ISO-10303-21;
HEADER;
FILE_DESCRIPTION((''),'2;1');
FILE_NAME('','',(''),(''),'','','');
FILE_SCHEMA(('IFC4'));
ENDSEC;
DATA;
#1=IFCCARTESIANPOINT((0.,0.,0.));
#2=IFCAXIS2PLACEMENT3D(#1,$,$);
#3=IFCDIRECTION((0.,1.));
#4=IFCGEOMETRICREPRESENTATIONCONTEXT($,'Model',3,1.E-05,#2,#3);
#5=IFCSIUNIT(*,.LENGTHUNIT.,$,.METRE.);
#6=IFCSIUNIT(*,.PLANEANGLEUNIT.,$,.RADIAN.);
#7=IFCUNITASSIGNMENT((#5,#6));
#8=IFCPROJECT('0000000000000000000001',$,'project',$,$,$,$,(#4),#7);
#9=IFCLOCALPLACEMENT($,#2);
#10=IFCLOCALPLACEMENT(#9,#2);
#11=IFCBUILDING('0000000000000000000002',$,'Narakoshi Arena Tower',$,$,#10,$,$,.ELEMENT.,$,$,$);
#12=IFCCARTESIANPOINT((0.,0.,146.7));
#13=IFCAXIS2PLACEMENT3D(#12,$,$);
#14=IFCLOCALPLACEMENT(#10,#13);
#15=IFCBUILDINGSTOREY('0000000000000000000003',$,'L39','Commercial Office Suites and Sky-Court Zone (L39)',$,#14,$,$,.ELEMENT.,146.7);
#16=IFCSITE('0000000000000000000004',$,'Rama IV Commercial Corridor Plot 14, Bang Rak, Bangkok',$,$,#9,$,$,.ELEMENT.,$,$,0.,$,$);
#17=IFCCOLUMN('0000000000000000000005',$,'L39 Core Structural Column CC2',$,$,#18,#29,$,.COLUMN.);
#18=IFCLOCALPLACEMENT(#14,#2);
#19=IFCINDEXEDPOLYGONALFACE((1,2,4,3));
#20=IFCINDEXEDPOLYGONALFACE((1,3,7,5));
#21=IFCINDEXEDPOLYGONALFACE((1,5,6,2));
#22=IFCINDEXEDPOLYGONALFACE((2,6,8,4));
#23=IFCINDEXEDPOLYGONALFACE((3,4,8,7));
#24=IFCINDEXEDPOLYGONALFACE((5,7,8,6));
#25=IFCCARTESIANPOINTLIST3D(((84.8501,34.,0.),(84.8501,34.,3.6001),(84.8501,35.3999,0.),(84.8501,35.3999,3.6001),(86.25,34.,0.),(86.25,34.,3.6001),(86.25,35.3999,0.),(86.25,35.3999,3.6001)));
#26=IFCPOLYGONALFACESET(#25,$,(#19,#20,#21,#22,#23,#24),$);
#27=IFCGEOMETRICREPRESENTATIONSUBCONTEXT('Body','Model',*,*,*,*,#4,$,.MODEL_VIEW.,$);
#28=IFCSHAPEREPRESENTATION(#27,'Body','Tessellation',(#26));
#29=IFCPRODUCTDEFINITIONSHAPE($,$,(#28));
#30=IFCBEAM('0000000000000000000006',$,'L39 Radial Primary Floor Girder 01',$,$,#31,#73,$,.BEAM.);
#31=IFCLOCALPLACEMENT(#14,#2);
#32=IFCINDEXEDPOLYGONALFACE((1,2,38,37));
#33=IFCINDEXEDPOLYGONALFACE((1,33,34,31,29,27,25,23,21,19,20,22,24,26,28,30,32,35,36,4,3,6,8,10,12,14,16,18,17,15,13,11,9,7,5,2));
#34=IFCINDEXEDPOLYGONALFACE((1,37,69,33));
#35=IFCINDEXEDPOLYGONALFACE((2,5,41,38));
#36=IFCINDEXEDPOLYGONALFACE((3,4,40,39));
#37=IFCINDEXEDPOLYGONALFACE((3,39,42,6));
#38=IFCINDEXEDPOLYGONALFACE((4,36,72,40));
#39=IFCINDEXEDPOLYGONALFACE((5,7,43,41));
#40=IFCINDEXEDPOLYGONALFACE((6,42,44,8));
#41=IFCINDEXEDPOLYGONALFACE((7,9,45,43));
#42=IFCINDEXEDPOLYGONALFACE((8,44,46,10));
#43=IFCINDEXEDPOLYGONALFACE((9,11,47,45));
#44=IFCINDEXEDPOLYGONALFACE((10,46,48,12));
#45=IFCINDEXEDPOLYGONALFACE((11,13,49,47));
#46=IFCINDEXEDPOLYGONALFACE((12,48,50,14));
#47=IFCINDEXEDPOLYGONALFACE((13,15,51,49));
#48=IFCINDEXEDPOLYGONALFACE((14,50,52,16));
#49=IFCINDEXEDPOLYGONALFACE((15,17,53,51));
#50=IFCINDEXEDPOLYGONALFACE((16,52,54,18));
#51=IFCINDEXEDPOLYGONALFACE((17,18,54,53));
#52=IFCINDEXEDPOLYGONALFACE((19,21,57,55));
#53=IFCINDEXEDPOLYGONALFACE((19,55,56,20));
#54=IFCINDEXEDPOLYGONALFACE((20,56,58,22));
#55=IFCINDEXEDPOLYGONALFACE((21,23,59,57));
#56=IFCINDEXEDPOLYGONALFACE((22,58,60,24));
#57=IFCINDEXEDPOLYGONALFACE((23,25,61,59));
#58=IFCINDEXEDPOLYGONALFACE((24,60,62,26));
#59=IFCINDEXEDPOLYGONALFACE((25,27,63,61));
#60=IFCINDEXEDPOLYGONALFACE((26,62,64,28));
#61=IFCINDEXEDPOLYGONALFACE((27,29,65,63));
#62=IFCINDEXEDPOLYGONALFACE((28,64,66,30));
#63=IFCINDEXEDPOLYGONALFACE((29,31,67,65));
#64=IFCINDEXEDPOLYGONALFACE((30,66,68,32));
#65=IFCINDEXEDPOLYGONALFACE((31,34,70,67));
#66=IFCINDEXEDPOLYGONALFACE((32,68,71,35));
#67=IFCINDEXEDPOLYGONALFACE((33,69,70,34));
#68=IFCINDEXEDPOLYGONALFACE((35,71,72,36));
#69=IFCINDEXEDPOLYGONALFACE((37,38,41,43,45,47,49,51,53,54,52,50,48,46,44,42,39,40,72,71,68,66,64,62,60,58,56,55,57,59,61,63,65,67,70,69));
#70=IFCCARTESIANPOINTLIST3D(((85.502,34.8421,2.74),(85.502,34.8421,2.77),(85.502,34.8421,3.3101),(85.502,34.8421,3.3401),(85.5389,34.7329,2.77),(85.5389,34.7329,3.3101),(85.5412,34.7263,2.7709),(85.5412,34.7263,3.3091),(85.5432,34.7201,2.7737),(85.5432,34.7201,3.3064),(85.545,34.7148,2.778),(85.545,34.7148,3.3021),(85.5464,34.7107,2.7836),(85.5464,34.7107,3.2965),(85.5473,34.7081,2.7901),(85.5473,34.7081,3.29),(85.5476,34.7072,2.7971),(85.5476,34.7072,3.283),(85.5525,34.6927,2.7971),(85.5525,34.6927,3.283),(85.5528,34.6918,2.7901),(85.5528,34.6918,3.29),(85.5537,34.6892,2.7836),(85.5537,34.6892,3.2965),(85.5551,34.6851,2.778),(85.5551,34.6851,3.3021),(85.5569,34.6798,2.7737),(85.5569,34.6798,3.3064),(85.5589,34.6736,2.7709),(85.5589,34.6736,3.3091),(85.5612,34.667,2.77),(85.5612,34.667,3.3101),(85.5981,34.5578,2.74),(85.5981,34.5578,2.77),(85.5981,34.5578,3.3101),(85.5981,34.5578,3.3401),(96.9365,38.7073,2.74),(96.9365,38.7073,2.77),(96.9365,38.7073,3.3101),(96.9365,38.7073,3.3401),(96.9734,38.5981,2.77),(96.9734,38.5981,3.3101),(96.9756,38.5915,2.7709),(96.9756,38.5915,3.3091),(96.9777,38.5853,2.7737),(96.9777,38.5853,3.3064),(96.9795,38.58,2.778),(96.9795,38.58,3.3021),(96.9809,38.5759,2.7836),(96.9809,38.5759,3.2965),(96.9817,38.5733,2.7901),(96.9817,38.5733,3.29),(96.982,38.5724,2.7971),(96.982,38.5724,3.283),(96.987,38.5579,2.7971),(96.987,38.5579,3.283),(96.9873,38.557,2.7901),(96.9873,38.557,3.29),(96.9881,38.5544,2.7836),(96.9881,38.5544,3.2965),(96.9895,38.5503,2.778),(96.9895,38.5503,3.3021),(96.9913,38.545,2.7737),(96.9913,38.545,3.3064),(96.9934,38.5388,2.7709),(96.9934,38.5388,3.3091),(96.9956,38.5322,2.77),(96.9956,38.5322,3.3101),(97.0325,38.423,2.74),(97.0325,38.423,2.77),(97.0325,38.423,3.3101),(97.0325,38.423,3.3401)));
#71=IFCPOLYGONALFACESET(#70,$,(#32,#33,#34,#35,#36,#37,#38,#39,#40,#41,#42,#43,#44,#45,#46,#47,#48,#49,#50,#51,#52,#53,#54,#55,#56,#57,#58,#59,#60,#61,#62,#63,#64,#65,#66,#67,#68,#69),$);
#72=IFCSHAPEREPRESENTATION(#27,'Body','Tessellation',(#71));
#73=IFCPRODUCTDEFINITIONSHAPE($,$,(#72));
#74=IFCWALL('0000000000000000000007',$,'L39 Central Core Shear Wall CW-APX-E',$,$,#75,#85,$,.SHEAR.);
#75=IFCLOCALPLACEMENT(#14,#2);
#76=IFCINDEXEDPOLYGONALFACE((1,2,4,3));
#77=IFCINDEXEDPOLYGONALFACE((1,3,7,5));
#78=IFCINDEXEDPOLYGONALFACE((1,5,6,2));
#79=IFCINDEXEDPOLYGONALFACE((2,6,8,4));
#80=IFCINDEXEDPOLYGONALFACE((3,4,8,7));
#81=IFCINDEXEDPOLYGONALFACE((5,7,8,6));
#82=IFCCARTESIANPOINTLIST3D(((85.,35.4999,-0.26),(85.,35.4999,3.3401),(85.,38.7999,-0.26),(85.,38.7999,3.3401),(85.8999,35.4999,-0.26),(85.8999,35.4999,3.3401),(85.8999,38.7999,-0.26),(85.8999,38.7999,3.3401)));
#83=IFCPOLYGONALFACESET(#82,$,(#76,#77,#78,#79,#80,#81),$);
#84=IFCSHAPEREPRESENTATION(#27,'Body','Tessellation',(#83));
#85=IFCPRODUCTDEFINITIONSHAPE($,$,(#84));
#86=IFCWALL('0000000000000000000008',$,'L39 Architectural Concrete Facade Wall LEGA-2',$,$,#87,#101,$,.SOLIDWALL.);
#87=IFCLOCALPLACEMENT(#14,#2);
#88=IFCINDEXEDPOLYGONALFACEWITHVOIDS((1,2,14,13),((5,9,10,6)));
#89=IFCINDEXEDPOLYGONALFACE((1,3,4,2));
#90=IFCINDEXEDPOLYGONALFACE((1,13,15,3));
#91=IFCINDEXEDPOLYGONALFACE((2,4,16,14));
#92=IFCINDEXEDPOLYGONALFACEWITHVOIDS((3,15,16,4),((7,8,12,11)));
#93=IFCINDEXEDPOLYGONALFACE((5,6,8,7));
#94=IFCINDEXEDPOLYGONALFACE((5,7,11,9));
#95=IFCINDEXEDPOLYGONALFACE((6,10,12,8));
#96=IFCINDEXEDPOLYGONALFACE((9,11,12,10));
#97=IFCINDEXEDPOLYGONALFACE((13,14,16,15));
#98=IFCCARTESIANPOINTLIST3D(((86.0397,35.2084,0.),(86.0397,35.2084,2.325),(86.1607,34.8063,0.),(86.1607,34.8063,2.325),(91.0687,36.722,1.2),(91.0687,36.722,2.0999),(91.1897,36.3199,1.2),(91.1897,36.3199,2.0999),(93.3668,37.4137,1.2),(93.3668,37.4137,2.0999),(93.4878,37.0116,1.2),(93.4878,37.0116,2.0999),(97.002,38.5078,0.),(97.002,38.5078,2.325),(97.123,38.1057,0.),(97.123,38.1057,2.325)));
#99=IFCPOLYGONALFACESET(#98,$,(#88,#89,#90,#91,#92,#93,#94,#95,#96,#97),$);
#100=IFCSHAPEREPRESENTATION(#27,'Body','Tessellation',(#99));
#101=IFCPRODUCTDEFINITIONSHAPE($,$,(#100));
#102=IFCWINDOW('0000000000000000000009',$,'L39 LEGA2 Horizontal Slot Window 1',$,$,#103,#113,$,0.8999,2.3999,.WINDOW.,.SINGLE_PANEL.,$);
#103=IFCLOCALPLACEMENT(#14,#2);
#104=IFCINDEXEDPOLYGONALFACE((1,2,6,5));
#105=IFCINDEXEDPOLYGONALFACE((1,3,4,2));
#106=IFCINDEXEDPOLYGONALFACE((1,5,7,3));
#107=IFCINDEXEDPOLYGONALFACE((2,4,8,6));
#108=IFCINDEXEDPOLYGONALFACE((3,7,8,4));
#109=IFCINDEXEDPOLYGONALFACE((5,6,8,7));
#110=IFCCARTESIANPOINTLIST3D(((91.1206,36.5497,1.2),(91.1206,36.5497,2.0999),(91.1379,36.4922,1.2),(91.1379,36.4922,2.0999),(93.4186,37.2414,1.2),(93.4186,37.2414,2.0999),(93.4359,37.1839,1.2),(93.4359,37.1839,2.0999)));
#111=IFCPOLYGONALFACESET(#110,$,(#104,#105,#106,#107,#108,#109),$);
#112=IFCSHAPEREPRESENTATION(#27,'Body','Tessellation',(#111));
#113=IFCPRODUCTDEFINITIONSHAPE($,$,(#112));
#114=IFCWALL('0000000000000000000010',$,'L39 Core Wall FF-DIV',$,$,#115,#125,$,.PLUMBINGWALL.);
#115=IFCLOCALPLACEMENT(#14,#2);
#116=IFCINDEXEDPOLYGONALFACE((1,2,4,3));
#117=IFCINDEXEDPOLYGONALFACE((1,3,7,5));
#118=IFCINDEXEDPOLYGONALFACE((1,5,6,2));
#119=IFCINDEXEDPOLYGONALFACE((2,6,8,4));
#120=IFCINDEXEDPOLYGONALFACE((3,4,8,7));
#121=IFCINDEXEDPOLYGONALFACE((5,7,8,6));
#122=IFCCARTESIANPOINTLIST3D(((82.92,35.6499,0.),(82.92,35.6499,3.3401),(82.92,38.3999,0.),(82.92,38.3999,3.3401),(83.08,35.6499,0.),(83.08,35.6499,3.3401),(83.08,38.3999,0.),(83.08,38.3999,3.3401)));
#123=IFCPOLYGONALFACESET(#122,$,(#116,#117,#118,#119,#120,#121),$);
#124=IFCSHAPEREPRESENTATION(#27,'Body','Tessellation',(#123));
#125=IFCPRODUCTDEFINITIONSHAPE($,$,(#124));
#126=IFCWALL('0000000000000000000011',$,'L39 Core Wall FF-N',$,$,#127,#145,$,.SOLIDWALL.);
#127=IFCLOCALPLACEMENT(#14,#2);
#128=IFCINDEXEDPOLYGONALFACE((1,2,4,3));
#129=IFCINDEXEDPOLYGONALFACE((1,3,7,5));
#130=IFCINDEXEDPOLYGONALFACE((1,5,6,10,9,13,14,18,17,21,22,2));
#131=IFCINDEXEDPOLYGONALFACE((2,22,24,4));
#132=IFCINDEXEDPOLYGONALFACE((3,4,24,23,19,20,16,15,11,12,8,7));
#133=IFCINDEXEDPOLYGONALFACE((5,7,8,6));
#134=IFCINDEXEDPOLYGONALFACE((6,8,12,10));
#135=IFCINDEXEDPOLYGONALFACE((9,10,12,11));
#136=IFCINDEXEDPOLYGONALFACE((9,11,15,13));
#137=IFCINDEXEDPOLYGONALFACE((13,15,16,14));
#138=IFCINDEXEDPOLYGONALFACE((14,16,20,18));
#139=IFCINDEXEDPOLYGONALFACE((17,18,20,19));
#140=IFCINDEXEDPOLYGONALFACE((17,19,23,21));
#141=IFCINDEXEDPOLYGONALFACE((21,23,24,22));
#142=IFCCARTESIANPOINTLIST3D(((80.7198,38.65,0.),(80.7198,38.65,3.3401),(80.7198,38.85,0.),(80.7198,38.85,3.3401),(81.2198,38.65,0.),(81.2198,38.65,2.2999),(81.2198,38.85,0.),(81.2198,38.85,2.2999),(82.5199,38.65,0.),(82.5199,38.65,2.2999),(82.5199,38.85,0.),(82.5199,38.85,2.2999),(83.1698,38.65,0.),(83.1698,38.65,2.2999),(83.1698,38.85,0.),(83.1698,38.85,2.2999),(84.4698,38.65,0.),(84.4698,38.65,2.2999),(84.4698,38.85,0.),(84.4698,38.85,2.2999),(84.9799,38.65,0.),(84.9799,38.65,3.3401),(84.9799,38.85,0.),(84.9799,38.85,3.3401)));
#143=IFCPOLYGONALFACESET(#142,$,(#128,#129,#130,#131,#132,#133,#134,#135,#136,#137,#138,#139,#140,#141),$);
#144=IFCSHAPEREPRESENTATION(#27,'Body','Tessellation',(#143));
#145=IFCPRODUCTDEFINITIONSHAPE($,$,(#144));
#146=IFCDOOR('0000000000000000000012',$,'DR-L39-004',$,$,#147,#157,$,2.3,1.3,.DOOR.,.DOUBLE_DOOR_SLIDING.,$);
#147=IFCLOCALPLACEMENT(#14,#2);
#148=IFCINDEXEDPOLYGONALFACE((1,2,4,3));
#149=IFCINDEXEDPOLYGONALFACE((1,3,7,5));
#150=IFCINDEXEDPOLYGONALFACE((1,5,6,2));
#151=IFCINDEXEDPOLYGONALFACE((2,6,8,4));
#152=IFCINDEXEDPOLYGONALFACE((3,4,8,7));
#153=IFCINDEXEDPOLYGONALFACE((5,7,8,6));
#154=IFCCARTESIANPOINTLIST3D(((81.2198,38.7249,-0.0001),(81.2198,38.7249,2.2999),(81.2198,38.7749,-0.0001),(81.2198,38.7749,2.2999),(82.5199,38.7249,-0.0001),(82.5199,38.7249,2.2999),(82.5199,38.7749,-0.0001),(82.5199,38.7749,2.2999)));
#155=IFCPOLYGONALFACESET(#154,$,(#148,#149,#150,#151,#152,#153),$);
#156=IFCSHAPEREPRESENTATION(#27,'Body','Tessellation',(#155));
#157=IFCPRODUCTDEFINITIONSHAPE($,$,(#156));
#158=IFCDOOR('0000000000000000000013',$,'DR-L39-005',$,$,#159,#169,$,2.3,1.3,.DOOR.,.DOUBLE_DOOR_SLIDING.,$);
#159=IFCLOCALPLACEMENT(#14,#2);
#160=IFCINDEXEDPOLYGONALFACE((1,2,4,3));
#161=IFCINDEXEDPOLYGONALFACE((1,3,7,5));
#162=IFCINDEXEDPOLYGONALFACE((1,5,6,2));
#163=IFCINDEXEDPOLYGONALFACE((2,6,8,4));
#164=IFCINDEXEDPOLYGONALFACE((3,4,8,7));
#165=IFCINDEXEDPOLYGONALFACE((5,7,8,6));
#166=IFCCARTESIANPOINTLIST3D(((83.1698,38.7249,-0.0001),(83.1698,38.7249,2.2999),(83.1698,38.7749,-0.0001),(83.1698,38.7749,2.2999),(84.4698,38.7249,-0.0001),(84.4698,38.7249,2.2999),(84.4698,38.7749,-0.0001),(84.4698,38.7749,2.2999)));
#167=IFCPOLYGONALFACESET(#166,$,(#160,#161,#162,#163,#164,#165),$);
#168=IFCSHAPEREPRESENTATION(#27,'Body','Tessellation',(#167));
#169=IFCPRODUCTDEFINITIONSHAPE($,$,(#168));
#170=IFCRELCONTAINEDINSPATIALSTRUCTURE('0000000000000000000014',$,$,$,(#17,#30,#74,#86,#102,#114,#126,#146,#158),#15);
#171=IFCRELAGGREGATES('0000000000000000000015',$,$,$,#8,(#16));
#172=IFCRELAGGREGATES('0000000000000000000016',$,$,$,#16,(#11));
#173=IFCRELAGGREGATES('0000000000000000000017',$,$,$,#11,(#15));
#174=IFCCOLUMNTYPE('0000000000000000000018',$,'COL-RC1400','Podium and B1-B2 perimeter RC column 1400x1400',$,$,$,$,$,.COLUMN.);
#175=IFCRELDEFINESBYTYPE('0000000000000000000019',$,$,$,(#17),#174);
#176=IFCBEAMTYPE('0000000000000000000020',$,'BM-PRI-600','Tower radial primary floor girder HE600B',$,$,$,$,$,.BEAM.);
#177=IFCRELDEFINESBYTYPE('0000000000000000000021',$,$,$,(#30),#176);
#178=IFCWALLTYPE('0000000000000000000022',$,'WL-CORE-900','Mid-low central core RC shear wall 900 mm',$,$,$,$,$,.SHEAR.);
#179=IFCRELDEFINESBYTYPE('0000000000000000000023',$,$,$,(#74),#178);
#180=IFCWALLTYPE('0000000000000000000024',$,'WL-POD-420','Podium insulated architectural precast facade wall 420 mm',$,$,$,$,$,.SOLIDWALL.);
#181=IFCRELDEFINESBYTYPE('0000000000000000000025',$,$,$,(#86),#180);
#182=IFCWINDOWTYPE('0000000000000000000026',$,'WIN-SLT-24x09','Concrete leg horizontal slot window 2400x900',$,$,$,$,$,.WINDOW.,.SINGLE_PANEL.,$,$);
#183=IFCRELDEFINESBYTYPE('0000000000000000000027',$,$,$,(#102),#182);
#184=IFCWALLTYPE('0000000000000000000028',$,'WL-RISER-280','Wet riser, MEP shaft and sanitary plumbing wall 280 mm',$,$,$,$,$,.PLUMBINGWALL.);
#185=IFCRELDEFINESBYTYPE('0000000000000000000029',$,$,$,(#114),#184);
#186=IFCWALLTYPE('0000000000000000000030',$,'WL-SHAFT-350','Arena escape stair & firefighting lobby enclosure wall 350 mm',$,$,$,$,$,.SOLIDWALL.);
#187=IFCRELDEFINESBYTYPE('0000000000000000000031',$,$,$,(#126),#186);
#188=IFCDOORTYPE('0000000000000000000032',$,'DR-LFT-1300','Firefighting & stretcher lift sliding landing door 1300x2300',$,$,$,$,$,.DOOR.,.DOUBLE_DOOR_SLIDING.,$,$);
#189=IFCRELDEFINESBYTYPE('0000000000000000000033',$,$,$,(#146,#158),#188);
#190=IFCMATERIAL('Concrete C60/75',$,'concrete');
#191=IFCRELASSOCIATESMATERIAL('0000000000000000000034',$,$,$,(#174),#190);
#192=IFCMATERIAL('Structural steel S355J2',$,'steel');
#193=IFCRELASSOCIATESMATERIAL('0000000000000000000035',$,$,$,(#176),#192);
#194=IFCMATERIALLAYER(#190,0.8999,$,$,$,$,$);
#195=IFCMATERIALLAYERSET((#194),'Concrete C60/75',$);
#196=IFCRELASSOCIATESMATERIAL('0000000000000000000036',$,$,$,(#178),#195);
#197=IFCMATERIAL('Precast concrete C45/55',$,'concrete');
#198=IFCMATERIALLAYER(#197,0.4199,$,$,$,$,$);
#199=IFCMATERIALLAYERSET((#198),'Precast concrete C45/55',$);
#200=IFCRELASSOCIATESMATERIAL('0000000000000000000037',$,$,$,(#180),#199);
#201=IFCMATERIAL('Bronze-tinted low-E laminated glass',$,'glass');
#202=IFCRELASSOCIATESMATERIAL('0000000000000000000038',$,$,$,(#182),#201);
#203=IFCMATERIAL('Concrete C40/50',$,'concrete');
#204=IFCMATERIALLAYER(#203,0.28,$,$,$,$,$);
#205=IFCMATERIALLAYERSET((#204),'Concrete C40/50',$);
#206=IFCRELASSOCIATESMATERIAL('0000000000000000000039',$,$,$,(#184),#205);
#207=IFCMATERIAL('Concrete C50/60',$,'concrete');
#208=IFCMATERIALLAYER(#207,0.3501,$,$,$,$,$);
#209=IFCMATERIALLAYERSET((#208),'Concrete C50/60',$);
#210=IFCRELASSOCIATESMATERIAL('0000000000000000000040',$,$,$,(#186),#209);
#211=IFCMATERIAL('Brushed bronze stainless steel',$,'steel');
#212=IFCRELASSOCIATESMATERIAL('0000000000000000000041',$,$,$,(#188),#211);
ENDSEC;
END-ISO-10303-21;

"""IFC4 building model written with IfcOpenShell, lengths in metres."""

from ifc_helpers import new_model, si_unit, direction, frame, frame_2d, origin, origin_2d, place, context, subcontext, project, spatial, rectangle, i_section, extrude, material, layer, layer_set, material_profile, profile_set, type_object, element, fill, save


model = new_model("IFC4")

# Units and contexts
model_context = context("Model", 3, precision=1e-05, world=origin(), true_north=direction((0.0, 1.0)))
body_context = subcontext(model_context, "Body", "Model", "MODEL_VIEW")
ifc_project = project(units=[si_unit("LENGTHUNIT", "METRE"), si_unit("PLANEANGLEUNIT", "RADIAN")], contexts=[model_context])

# Site, building, storey
site_placement = place(None, origin())
site = spatial("IfcSite", under=ifc_project, at=site_placement, Name="Rama IV Commercial Corridor Plot 14, Bang Rak, Bangkok", CompositionType="ELEMENT", RefElevation=0.0)
building_placement = place(site_placement, origin())
building = spatial("IfcBuilding", under=site, at=building_placement, Name="Narakoshi Arena Tower", CompositionType="ELEMENT")
storey_placement = place(building_placement, frame((0.0, 0.0, 146.7)))
storey = spatial("IfcBuildingStorey", under=building, at=storey_placement, Name="L39", Description="Commercial Office Suites and Sky-Court Zone (L39)", CompositionType="ELEMENT", Elevation=146.7)

# Column
ifc_material_1 = material(Name="Concrete C60/75", Category="concrete")
ifc_material_profile_1 = material_profile(ifc_material_1, rectangle(XDim=1.3999, YDim=1.3999, at=origin_2d()), Name="RC1400x1400")
ifc_profile_set_1 = profile_set([ifc_material_profile_1], Name="Concrete C60/75")
column_type = type_object("IfcColumnType", Name="COL-RC1400", Description="Podium and B1-B2 perimeter RC column 1400x1400", PredefinedType="COLUMN", material=ifc_profile_set_1)
column_placement = place(storey_placement, frame((85.55, 34.7, 0.0), z_axis=(0.0, 0.0, 1.0), x_axis=(1.0, 0.0, 0.0)))
element("IfcColumn", 1, at=column_placement, inside=storey, type_object=column_type, Name="L39 Core Structural Column CC2", PredefinedType="COLUMN", context=body_context, shape_type="SweptSolid", body=[
    extrude(rectangle(XDim=1.3999, YDim=1.3999, at=origin_2d()), origin(), (0.0, 0.0, 1.0), 3.6001),
])

# Beam
ifc_material_2 = material(Name="Structural steel S355J2", Category="steel")
ifc_material_profile_2 = material_profile(ifc_material_2, i_section(OverallWidth=0.3, OverallDepth=0.6001, WebThickness=0.0154, FlangeThickness=0.03, FilletRadius=0.0271, at=origin_2d()), Name="HE600B")
ifc_profile_set_2 = profile_set([ifc_material_profile_2], Name="Structural steel S355J2")
beam_type = type_object("IfcBeamType", Name="BM-PRI-600", Description="Tower radial primary floor girder HE600B", PredefinedType="BEAM", material=ifc_profile_set_2)
beam_placement = place(storey_placement, frame((85.55, 34.7, 3.04), z_axis=(0.94734, 0.32023, 0.0), x_axis=(-0.32023, 0.94734, 0.0)))
element("IfcBeam", 2, at=beam_placement, inside=storey, type_object=beam_type, Name="L39 Radial Primary Floor Girder 01", PredefinedType="BEAM", context=body_context, shape_type="SweptSolid", body=[
    extrude(i_section(OverallWidth=0.3, OverallDepth=0.6001, WebThickness=0.0154, FlangeThickness=0.03, FilletRadius=0.0271, at=origin_2d()), origin(), (0.0, 0.0, 1.0), 12.0701),
])

# Wall
ifc_layer_1 = layer(ifc_material_1, 0.8999)
ifc_layer_set_1 = layer_set([ifc_layer_1], Name="Concrete C60/75")
wall_type_1 = type_object("IfcWallType", Name="WL-CORE-900", Description="Mid-low central core RC shear wall 900 mm", PredefinedType="SHEAR", material=ifc_layer_set_1)
wall_1_placement = place(storey_placement, frame((85.45, 35.5, -0.26), z_axis=(0.0, 0.0, 1.0), x_axis=(0.0, 1.0, 0.0)))
element("IfcWall", 3, at=wall_1_placement, inside=storey, type_object=wall_type_1, Name="L39 Central Core Shear Wall CW-APX-E", PredefinedType="SHEAR", context=body_context, shape_type="SweptSolid", body=[
    extrude(rectangle(XDim=3.3, YDim=0.8999, at=frame_2d((1.6499, 0.0))), origin(), (0.0, 0.0, 1.0), 3.6001),
])

# Wall, opening, window
ifc_material_3 = material(Name="Precast concrete C45/55", Category="concrete")
ifc_layer_2 = layer(ifc_material_3, 0.4199)
ifc_layer_set_2 = layer_set([ifc_layer_2], Name="Precast concrete C45/55")
wall_type_2 = type_object("IfcWallType", Name="WL-POD-420", Description="Podium insulated architectural precast facade wall 420 mm", PredefinedType="SOLIDWALL", material=ifc_layer_set_2)
wall_2_placement = place(storey_placement, frame((86.1001, 35.0073, 0.0), z_axis=(0.0, 0.0, 1.0), x_axis=(0.957569, 0.288203, 0.0)))
wall_2 = element("IfcWall", 4, at=wall_2_placement, inside=storey, type_object=wall_type_2, Name="L39 Architectural Concrete Facade Wall LEGA-2", PredefinedType="SOLIDWALL", context=body_context, shape_type="SweptSolid", body=[
    extrude(rectangle(XDim=11.448, YDim=0.4199, at=frame_2d((5.7241, 0.0))), origin(), (0.0, 0.0, 1.0), 2.325),
])
opening_1_placement = place(wall_2_placement, frame((5.252, 0.0, 1.2)))
opening_1 = element("IfcOpeningElement", 5, at=opening_1_placement, cuts=wall_2, PredefinedType="OPENING", context=body_context, shape_type="SweptSolid", body=[
    extrude(rectangle(XDim=2.3999, YDim=0.8999, at=frame_2d((1.2, 0.45))), frame((0.0, 0.22, 0.0), z_axis=(0.0, -1.0, 0.0), x_axis=(1.0, 0.0, 0.0)), (0.0, 0.0, 1.0), 0.4399),
])
ifc_material_4 = material(Name="Bronze-tinted low-E laminated glass", Category="glass")
window_type = type_object("IfcWindowType", Name="WIN-SLT-24x09", Description="Concrete leg horizontal slot window 2400x900", PartitioningType="SINGLE_PANEL", PredefinedType="WINDOW", material=ifc_material_4)
window_placement = place(opening_1_placement, origin())
window = element("IfcWindow", 6, at=window_placement, inside=storey, type_object=window_type, Name="L39 LEGA2 Horizontal Slot Window 1", OverallHeight=0.8999, OverallWidth=2.3999, PartitioningType="SINGLE_PANEL", PredefinedType="WINDOW", context=body_context, shape_type="SweptSolid", body=[
    extrude(rectangle(XDim=2.3999, YDim=0.8999, at=frame_2d((1.2, 0.45))), frame((0.0, 0.03, 0.0), z_axis=(0.0, -1.0, 0.0), x_axis=(1.0, 0.0, 0.0)), (0.0, 0.0, 1.0), 0.0601),
])
fill(opening_1, window)

# Wall
ifc_material_5 = material(Name="Concrete C40/50", Category="concrete")
ifc_layer_3 = layer(ifc_material_5, 0.28)
ifc_layer_set_3 = layer_set([ifc_layer_3], Name="Concrete C40/50")
wall_type_3 = type_object("IfcWallType", Name="WL-RISER-280", Description="Wet riser, MEP shaft and sanitary plumbing wall 280 mm", PredefinedType="PLUMBINGWALL", material=ifc_layer_set_3)
wall_3_placement = place(storey_placement, frame((83.0, 35.6499, 0.0), z_axis=(0.0, 0.0, 1.0), x_axis=(0.0, 1.0, 0.0)))
element("IfcWall", 7, at=wall_3_placement, inside=storey, type_object=wall_type_3, Name="L39 Core Wall FF-DIV", PredefinedType="PLUMBINGWALL", context=body_context, shape_type="SweptSolid", body=[
    extrude(rectangle(XDim=2.75, YDim=0.1599, at=frame_2d((1.375, 0.0))), origin(), (0.0, 0.0, 1.0), 3.3401),
])

# Wall, openings, doors
ifc_material_6 = material(Name="Concrete C50/60", Category="concrete")
ifc_layer_4 = layer(ifc_material_6, 0.3501)
ifc_layer_set_4 = layer_set([ifc_layer_4], Name="Concrete C50/60")
wall_type_4 = type_object("IfcWallType", Name="WL-SHAFT-350", Description="Arena escape stair & firefighting lobby enclosure wall 350 mm", PredefinedType="SOLIDWALL", material=ifc_layer_set_4)
wall_4_placement = place(storey_placement, frame((80.72, 38.75, 0.0), z_axis=(0.0, 0.0, 1.0), x_axis=(1.0, 0.0, 0.0)))
wall_4 = element("IfcWall", 8, at=wall_4_placement, inside=storey, type_object=wall_type_4, Name="L39 Core Wall FF-N", PredefinedType="SOLIDWALL", context=body_context, shape_type="SweptSolid", body=[
    extrude(rectangle(XDim=4.26, YDim=0.2, at=frame_2d((2.1299, 0.0))), origin(), (0.0, 0.0, 1.0), 3.3401),
])
opening_2_placement = place(wall_4_placement, frame((0.5, 0.0, 0.0)))
opening_2 = element("IfcOpeningElement", 9, at=opening_2_placement, cuts=wall_4, PredefinedType="OPENING", context=body_context, shape_type="SweptSolid", body=[
    extrude(rectangle(XDim=1.3, YDim=2.3, at=frame_2d((0.6499, 1.1499))), frame((0.0, 0.1099, 0.0), z_axis=(0.0, -1.0, 0.0), x_axis=(1.0, 0.0, 0.0)), (0.0, 0.0, 1.0), 0.22),
])
opening_3_placement = place(wall_4_placement, frame((2.45, 0.0, 0.0)))
opening_3 = element("IfcOpeningElement", 10, at=opening_3_placement, cuts=wall_4, PredefinedType="OPENING", context=body_context, shape_type="SweptSolid", body=[
    extrude(rectangle(XDim=1.3, YDim=2.3, at=frame_2d((0.6499, 1.1499))), frame((0.0, 0.1099, 0.0), z_axis=(0.0, -1.0, 0.0), x_axis=(1.0, 0.0, 0.0)), (0.0, 0.0, 1.0), 0.22),
])
ifc_material_7 = material(Name="Brushed bronze stainless steel", Category="steel")
door_type_1 = type_object("IfcDoorType", Name="DR-LFT-1300", Description="Firefighting & stretcher lift sliding landing door 1300x2300", OperationType="DOUBLE_DOOR_SLIDING", PredefinedType="DOOR", material=ifc_material_7)
door_1_placement = place(opening_2_placement, origin())
door_1 = element("IfcDoor", 11, at=door_1_placement, inside=storey, type_object=door_type_1, Name="DR-L39-004", OperationType="DOUBLE_DOOR_SLIDING", OverallHeight=2.3, OverallWidth=1.3, PredefinedType="DOOR", context=body_context, shape_type="SweptSolid", body=[
    extrude(rectangle(XDim=1.3, YDim=2.3, at=frame_2d((0.6499, 1.1499))), frame((0.0, 0.0249, 0.0), z_axis=(0.0, -1.0, 0.0), x_axis=(1.0, 0.0, 0.0)), (0.0, 0.0, 1.0), 0.05),
])
fill(opening_2, door_1)
door_2_placement = place(opening_3_placement, origin())
door_2 = element("IfcDoor", 12, at=door_2_placement, inside=storey, type_object=door_type_1, Name="DR-L39-005", OperationType="DOUBLE_DOOR_SLIDING", OverallHeight=2.3, OverallWidth=1.3, PredefinedType="DOOR", context=body_context, shape_type="SweptSolid", body=[
    extrude(rectangle(XDim=1.3, YDim=2.3, at=frame_2d((0.6499, 1.1499))), frame((0.0, 0.0249, 0.0), z_axis=(0.0, -1.0, 0.0), x_axis=(1.0, 0.0, 0.0)), (0.0, 0.0, 1.0), 0.05),
])
fill(opening_3, door_2)

save(model, "model.ifc")
